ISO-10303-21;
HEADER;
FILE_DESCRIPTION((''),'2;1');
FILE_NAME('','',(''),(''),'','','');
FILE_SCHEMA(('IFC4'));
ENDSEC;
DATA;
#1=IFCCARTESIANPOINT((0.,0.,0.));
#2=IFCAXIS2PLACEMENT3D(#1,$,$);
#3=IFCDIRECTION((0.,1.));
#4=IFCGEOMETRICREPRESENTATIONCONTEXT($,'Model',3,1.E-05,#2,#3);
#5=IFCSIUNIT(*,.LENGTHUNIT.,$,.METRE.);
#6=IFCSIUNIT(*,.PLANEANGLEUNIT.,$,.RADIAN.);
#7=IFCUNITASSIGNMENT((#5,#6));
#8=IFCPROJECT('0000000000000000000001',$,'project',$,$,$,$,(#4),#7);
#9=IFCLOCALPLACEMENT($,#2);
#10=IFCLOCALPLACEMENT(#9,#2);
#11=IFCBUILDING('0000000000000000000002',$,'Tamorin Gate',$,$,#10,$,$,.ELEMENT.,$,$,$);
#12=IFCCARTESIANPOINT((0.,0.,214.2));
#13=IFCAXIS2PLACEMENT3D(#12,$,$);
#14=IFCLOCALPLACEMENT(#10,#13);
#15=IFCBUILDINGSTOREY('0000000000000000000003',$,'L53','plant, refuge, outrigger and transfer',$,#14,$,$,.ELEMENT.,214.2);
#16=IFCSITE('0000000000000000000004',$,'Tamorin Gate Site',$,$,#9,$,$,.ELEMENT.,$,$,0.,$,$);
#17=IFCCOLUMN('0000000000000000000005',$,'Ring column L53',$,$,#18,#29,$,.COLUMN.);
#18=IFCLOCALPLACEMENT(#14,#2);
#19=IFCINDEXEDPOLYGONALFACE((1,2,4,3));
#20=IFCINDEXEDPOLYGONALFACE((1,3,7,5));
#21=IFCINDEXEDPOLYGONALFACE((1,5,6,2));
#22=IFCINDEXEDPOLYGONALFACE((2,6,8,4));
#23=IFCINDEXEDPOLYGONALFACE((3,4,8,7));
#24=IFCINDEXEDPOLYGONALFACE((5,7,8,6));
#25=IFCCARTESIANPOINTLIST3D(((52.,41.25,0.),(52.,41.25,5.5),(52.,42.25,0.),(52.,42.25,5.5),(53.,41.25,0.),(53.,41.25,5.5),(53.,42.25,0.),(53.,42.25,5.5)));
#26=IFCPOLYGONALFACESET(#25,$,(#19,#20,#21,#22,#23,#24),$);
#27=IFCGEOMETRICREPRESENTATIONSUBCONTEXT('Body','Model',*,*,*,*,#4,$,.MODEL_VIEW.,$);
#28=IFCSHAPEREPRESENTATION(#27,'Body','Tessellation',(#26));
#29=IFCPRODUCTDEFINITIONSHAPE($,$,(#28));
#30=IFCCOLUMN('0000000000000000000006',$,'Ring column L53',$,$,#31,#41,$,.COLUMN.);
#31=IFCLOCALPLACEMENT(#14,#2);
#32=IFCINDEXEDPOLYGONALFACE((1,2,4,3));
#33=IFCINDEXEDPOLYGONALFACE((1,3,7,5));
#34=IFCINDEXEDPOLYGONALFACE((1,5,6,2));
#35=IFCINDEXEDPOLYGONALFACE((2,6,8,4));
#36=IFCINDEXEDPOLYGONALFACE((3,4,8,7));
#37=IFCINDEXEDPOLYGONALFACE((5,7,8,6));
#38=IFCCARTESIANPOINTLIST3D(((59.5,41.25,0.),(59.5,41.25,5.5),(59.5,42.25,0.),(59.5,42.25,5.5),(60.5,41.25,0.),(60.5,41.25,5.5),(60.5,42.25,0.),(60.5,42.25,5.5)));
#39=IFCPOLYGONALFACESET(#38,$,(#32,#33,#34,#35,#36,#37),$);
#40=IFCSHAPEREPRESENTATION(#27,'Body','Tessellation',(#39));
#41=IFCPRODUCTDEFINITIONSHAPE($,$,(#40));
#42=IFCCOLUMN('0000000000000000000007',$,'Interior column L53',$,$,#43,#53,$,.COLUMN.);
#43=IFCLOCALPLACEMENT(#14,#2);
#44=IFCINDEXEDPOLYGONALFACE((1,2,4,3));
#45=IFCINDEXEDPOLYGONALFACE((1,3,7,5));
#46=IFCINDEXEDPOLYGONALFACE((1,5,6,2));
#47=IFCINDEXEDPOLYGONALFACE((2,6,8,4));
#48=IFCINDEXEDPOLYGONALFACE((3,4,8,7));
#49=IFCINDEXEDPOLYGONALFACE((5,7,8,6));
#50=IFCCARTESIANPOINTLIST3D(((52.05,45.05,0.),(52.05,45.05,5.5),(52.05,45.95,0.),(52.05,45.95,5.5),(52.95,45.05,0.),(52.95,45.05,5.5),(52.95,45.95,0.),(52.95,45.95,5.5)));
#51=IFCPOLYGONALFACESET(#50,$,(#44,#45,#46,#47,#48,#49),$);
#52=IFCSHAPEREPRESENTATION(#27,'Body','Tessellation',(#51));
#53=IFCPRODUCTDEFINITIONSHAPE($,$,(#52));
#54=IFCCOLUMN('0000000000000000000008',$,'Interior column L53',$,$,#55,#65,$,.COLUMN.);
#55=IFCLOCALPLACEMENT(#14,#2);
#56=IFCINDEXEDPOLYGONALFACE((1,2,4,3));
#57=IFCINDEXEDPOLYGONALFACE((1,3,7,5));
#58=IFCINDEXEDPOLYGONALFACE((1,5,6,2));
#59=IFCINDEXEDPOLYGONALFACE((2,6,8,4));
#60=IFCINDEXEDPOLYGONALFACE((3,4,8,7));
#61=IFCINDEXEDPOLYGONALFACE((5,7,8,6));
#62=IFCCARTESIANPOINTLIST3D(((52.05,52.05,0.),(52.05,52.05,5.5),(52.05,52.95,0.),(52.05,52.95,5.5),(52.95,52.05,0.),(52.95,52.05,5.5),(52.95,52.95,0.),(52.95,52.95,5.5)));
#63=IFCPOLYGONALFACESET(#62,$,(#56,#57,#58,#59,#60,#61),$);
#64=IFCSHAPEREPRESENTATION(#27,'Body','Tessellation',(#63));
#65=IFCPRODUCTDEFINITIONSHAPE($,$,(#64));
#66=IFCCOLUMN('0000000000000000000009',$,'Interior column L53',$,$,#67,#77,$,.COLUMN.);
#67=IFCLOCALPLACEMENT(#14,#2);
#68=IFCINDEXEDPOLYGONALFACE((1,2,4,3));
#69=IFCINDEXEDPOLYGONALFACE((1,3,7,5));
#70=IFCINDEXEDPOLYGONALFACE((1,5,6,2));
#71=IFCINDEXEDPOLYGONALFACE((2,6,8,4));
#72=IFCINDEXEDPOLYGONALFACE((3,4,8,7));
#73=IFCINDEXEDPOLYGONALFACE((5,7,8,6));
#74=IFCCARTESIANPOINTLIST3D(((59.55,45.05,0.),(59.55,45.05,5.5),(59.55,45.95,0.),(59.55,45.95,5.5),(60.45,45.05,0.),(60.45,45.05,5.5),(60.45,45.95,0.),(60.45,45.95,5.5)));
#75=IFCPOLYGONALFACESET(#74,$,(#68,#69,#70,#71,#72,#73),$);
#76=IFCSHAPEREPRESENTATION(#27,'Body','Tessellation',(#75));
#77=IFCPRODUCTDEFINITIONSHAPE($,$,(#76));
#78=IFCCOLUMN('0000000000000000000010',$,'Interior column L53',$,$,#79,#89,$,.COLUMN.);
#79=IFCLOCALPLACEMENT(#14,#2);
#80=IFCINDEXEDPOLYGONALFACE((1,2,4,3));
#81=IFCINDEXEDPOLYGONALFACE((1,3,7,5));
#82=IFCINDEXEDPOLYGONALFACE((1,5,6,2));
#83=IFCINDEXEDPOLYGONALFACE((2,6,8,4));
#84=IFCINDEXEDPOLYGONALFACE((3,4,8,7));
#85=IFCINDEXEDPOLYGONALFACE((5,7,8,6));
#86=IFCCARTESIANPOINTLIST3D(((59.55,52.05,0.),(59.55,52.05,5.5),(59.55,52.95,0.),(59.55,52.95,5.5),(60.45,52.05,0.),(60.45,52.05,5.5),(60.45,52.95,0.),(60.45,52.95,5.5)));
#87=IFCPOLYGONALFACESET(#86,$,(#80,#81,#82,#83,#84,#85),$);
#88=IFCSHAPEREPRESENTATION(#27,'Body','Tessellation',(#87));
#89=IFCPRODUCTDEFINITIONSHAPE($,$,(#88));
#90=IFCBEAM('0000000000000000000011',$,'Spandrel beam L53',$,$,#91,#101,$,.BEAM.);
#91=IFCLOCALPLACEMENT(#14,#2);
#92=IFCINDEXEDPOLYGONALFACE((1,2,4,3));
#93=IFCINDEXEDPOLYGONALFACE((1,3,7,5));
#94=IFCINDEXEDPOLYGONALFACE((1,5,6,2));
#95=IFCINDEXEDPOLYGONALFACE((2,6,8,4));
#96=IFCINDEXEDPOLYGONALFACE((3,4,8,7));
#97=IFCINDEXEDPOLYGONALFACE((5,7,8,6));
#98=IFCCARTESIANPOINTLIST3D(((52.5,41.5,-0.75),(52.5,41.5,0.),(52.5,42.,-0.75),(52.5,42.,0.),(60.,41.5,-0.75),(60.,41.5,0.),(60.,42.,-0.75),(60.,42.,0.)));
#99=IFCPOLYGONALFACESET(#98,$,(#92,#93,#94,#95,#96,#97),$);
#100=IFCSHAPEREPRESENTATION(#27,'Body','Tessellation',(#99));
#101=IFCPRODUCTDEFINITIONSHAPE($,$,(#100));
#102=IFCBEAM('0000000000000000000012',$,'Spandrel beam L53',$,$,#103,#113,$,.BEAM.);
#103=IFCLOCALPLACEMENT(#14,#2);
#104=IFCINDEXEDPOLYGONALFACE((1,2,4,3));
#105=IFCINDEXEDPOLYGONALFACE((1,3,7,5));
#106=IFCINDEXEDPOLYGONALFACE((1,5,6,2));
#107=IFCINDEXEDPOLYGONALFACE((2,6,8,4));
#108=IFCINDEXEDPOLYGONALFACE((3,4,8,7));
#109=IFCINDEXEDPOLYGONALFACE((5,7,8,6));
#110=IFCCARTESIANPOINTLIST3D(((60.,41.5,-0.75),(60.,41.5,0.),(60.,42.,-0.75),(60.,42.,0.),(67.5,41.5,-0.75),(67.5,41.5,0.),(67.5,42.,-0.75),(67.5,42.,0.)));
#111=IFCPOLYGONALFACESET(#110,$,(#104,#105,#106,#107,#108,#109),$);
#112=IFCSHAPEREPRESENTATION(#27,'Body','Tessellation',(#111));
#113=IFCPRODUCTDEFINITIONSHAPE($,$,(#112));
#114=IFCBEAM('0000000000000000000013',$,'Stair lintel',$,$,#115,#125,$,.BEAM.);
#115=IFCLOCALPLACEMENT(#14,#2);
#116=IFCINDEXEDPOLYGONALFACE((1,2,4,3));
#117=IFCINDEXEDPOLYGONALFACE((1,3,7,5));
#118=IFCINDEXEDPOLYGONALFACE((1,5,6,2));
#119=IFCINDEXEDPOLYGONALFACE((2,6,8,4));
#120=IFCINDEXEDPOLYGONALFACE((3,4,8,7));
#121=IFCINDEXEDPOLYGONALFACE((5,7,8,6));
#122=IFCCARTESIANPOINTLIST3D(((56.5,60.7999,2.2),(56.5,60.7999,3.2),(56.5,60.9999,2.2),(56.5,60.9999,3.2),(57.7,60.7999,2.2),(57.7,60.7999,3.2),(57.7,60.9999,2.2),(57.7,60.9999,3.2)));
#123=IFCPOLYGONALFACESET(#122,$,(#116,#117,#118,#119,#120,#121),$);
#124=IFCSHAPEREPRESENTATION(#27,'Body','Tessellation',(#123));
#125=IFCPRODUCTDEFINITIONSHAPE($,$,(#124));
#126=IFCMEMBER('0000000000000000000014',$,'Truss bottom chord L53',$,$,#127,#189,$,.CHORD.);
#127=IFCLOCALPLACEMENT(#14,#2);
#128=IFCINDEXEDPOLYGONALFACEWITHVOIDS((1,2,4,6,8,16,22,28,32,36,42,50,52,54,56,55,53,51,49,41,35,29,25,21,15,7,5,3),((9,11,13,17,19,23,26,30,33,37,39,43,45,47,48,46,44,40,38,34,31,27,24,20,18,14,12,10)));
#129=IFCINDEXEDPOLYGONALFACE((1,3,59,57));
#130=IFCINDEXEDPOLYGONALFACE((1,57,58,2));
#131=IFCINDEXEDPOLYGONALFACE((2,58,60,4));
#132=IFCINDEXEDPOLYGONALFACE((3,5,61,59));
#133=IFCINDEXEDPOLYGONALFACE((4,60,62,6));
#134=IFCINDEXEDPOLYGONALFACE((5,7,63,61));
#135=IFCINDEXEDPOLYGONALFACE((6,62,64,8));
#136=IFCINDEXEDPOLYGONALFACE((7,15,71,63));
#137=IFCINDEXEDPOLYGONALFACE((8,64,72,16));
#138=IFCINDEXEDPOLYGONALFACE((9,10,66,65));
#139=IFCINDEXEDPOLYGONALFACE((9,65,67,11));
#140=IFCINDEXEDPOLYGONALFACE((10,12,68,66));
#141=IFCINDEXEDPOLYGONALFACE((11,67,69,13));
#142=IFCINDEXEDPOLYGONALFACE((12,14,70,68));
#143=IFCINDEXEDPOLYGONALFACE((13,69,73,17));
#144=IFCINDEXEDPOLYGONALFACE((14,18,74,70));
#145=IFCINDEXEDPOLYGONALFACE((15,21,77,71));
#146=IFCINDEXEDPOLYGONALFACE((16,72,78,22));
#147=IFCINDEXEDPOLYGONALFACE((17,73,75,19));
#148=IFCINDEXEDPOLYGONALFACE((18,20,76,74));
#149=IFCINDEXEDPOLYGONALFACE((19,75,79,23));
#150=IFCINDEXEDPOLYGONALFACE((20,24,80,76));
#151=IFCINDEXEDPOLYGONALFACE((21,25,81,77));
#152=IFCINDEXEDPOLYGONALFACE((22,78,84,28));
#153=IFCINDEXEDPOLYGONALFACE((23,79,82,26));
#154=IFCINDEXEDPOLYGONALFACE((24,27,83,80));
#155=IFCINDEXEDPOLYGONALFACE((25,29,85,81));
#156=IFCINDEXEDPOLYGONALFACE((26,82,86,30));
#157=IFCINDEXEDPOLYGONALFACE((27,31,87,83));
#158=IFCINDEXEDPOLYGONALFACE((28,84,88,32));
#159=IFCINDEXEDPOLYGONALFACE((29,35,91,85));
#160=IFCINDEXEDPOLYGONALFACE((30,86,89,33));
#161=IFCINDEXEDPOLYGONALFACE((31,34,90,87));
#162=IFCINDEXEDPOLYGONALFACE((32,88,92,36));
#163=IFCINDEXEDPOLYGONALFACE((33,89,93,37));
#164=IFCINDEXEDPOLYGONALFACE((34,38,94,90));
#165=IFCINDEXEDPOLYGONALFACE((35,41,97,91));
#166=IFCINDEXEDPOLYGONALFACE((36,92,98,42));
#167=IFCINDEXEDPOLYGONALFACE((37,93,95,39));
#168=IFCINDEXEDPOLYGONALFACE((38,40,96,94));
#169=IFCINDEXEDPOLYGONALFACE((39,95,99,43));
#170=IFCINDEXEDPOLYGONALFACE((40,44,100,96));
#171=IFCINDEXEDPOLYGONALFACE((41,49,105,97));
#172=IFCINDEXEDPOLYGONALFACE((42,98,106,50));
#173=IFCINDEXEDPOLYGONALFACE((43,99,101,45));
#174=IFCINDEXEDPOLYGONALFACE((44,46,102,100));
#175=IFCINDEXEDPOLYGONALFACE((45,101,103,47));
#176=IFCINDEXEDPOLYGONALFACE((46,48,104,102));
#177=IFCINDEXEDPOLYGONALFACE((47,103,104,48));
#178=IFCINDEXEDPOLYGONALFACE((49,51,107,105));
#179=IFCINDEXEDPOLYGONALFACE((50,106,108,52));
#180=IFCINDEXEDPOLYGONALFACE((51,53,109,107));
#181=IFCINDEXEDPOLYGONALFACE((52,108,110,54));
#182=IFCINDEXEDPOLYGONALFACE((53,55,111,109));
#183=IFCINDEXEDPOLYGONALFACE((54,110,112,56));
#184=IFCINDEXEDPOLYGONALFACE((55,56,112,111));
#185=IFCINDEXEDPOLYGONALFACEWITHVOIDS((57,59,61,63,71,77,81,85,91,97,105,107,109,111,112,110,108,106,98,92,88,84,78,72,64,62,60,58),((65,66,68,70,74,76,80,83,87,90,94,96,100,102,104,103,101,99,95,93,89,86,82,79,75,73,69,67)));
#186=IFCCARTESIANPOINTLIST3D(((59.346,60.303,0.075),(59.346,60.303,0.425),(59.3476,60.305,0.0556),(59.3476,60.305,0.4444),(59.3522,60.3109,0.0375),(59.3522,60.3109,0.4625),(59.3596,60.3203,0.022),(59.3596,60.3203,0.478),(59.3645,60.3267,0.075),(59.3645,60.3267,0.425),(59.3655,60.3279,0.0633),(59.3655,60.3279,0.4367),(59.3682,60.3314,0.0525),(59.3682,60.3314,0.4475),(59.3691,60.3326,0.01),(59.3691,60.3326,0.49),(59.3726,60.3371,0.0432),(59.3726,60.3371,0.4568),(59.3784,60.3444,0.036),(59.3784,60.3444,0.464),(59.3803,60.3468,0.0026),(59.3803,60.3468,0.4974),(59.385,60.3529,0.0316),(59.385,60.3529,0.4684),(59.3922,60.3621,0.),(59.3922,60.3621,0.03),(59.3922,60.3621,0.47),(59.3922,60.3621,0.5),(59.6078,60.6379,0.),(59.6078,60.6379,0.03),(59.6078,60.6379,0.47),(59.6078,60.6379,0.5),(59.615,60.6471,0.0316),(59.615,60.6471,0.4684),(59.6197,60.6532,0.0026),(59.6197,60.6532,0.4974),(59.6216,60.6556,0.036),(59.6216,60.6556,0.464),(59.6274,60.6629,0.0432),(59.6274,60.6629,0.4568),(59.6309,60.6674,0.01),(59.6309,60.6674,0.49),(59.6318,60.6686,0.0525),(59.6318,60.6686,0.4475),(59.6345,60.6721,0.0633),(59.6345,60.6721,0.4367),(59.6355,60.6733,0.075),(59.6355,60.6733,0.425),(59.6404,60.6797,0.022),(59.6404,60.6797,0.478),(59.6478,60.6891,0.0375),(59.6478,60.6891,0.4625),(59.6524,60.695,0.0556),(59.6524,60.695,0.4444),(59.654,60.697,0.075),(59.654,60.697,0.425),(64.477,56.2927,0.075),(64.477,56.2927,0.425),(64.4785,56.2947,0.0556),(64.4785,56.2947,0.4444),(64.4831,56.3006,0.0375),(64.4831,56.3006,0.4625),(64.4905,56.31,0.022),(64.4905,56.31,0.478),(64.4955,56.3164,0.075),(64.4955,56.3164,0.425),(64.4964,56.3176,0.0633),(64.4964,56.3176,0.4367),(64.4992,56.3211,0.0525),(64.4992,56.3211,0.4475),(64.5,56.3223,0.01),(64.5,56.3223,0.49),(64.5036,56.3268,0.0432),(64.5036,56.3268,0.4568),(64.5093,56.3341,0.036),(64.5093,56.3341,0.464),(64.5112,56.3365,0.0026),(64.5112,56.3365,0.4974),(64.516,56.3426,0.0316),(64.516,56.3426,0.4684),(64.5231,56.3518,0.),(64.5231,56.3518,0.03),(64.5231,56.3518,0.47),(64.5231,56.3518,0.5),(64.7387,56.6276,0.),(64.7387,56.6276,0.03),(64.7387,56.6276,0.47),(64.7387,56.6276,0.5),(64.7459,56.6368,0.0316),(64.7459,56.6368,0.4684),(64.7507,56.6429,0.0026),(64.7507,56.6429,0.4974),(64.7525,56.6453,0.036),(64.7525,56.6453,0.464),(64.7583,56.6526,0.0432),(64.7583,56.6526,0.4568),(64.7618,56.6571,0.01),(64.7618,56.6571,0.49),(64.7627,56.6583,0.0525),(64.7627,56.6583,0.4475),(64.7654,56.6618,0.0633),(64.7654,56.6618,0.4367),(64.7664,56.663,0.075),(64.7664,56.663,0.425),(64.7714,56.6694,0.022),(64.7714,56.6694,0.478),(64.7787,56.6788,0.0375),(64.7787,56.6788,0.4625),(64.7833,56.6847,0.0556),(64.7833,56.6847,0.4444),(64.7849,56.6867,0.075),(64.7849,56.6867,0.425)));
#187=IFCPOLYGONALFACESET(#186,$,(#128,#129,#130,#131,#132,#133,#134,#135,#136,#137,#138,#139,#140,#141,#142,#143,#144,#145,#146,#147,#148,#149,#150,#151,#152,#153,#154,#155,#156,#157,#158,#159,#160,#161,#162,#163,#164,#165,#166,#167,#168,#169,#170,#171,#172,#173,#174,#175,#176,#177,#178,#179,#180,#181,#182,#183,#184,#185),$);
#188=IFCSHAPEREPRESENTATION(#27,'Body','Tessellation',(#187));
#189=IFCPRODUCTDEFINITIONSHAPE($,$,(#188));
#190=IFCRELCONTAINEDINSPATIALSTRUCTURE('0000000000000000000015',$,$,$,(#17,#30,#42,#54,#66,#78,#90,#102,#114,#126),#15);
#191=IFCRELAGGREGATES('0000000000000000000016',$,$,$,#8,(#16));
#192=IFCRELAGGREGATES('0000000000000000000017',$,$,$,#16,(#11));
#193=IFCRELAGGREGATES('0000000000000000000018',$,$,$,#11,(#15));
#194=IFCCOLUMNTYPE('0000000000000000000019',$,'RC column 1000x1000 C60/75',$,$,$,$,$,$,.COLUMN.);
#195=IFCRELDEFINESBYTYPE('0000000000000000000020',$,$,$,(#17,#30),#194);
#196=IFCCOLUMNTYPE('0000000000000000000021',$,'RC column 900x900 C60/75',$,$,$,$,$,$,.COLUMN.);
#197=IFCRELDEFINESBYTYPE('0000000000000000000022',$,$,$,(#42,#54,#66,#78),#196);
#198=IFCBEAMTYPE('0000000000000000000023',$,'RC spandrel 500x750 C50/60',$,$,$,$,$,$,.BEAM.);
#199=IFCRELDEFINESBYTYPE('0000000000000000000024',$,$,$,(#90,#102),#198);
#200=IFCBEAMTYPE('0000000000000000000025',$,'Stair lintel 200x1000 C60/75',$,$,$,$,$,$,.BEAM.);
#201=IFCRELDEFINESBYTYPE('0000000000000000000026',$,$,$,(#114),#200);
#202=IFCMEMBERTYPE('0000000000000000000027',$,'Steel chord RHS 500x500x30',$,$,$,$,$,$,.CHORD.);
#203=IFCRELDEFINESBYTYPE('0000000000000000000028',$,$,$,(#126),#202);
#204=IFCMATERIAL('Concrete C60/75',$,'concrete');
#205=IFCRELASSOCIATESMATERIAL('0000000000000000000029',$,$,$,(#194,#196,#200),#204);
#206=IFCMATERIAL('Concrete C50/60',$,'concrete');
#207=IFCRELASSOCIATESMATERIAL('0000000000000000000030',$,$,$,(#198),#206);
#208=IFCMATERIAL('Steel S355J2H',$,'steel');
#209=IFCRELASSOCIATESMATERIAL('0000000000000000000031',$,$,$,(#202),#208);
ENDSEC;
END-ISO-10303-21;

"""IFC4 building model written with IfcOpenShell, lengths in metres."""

from ifc_helpers import new_model, si_unit, direction, frame, origin, origin_2d, place, context, subcontext, project, spatial, rectangle, hollow_rectangle, extrude, material, material_profile, profile_set, type_object, element, save


model = new_model("IFC4")

# Units and contexts
model_context = context("Model", 3, precision=1e-05, world=origin(), true_north=direction((0.0, 1.0)))
body_context = subcontext(model_context, "Body", "Model", "MODEL_VIEW")
ifc_project = project(units=[si_unit("LENGTHUNIT", "METRE"), si_unit("PLANEANGLEUNIT", "RADIAN")], contexts=[model_context])

# Site, building, storey
site_placement = place(None, origin())
site = spatial("IfcSite", under=ifc_project, at=site_placement, Name="Tamorin Gate Site", CompositionType="ELEMENT", RefElevation=0.0)
building_placement = place(site_placement, origin())
building = spatial("IfcBuilding", under=site, at=building_placement, Name="Tamorin Gate", CompositionType="ELEMENT")
storey_placement = place(building_placement, frame((0.0, 0.0, 214.2)))
storey = spatial("IfcBuildingStorey", under=building, at=storey_placement, Name="L53", Description="plant, refuge, outrigger and transfer", CompositionType="ELEMENT", Elevation=214.2)

# Columns
ifc_material_1 = material(Name="Concrete C60/75", Category="concrete")
ifc_material_profile_1 = material_profile(ifc_material_1, rectangle(XDim=1.0, YDim=1.0, at=origin_2d()), Name="RC 1000x1000")
ifc_profile_set_1 = profile_set([ifc_material_profile_1], Name="Concrete C60/75")
column_type_1 = type_object("IfcColumnType", Name="RC column 1000x1000 C60/75", PredefinedType="COLUMN", material=ifc_profile_set_1)
for number, where, z_axis, x_axis, name in (
    (1, (52.5, 41.75, 0.0), (0.0, 0.0, 1.0), (1.0, 0.0, 0.0), "Ring column L53"),
    (2, (60.0, 41.75, 0.0), (0.0, 0.0, 1.0), (1.0, 0.0, 0.0), "Ring column L53"),
):
    element("IfcColumn", number, at=place(storey_placement, frame(where, z_axis=z_axis, x_axis=x_axis)), inside=storey, type_object=column_type_1, Name=name, PredefinedType="COLUMN", context=body_context, shape_type="SweptSolid", body=[
        extrude(rectangle(XDim=1.0, YDim=1.0, at=origin_2d()), origin(), (0.0, 0.0, 1.0), 5.5),
    ])
ifc_material_profile_2 = material_profile(ifc_material_1, rectangle(XDim=0.8999, YDim=0.8999, at=origin_2d()), Name="RC 900x900")
ifc_profile_set_2 = profile_set([ifc_material_profile_2], Name="Concrete C60/75")
column_type_2 = type_object("IfcColumnType", Name="RC column 900x900 C60/75", PredefinedType="COLUMN", material=ifc_profile_set_2)
for number, where, z_axis, x_axis, name in (
    (3, (52.5, 45.5, 0.0), (0.0, 0.0, 1.0), (1.0, 0.0, 0.0), "Interior column L53"),
    (4, (52.5, 52.5, 0.0), (0.0, 0.0, 1.0), (1.0, 0.0, 0.0), "Interior column L53"),
    (5, (60.0, 45.5, 0.0), (0.0, 0.0, 1.0), (1.0, 0.0, 0.0), "Interior column L53"),
    (6, (60.0, 52.5, 0.0), (0.0, 0.0, 1.0), (1.0, 0.0, 0.0), "Interior column L53"),
):
    element("IfcColumn", number, at=place(storey_placement, frame(where, z_axis=z_axis, x_axis=x_axis)), inside=storey, type_object=column_type_2, Name=name, PredefinedType="COLUMN", context=body_context, shape_type="SweptSolid", body=[
        extrude(rectangle(XDim=0.8999, YDim=0.8999, at=origin_2d()), origin(), (0.0, 0.0, 1.0), 5.5),
    ])

# Beams
ifc_material_2 = material(Name="Concrete C50/60", Category="concrete")
ifc_material_profile_3 = material_profile(ifc_material_2, rectangle(XDim=0.5, YDim=0.75, at=origin_2d()), Name="RC 500x750")
ifc_profile_set_3 = profile_set([ifc_material_profile_3], Name="Concrete C50/60")
beam_type_1 = type_object("IfcBeamType", Name="RC spandrel 500x750 C50/60", PredefinedType="BEAM", material=ifc_profile_set_3)
for number, where, z_axis, x_axis, name in (
    (7, (52.5, 41.75, -0.375), (1.0, 0.0, 0.0), (0.0, 1.0, 0.0), "Spandrel beam L53"),
    (8, (60.0, 41.75, -0.375), (1.0, 0.0, 0.0), (0.0, 1.0, 0.0), "Spandrel beam L53"),
):
    element("IfcBeam", number, at=place(storey_placement, frame(where, z_axis=z_axis, x_axis=x_axis)), inside=storey, type_object=beam_type_1, Name=name, PredefinedType="BEAM", context=body_context, shape_type="SweptSolid", body=[
        extrude(rectangle(XDim=0.5, YDim=0.75, at=origin_2d()), origin(), (0.0, 0.0, 1.0), 7.5),
    ])
ifc_material_profile_4 = material_profile(ifc_material_1, rectangle(XDim=0.2, YDim=1.0, at=origin_2d()))
ifc_profile_set_4 = profile_set([ifc_material_profile_4], Name="Concrete C60/75")
beam_type_2 = type_object("IfcBeamType", Name="Stair lintel 200x1000 C60/75", PredefinedType="BEAM", material=ifc_profile_set_4)
beam_placement = place(storey_placement, frame((56.5, 60.8999, 2.7), z_axis=(1.0, 0.0, 0.0), x_axis=(0.0, 1.0, 0.0)))
element("IfcBeam", 9, at=beam_placement, inside=storey, type_object=beam_type_2, Name="Stair lintel", PredefinedType="BEAM", context=body_context, shape_type="SweptSolid", body=[
    extrude(rectangle(XDim=0.2, YDim=1.0, at=origin_2d()), origin(), (0.0, 0.0, 1.0), 1.2),
])

# Member
ifc_material_3 = material(Name="Steel S355J2H", Category="steel")
ifc_material_profile_5 = material_profile(ifc_material_3, hollow_rectangle(XDim=0.5, YDim=0.5, WallThickness=0.03, InnerFilletRadius=0.0449, OuterFilletRadius=0.075, at=origin_2d()), Name="RHS 500x500x30")
ifc_profile_set_5 = profile_set([ifc_material_profile_5], Name="Steel S355J2H")
member_type_1 = type_object("IfcMemberType", Name="Steel chord RHS 500x500x30", PredefinedType="CHORD", material=ifc_profile_set_5)
for number, where, z_axis, x_axis, name in (
    (10, (59.5, 60.5, 0.25), (0.787892, -0.615813, 0.0), (0.615813, 0.787892, 0.0), "Truss bottom chord L53"),
):
    element("IfcMember", number, at=place(storey_placement, frame(where, z_axis=z_axis, x_axis=x_axis)), inside=storey, type_object=member_type_1, Name=name, PredefinedType="CHORD", context=body_context, shape_type="SweptSolid", body=[
        extrude(hollow_rectangle(XDim=0.5, YDim=0.5, WallThickness=0.03, InnerFilletRadius=0.0449, OuterFilletRadius=0.075, at=origin_2d()), origin(), (0.0, 0.0, 1.0), 6.5122),
    ])

save(model, "model.ifc")
